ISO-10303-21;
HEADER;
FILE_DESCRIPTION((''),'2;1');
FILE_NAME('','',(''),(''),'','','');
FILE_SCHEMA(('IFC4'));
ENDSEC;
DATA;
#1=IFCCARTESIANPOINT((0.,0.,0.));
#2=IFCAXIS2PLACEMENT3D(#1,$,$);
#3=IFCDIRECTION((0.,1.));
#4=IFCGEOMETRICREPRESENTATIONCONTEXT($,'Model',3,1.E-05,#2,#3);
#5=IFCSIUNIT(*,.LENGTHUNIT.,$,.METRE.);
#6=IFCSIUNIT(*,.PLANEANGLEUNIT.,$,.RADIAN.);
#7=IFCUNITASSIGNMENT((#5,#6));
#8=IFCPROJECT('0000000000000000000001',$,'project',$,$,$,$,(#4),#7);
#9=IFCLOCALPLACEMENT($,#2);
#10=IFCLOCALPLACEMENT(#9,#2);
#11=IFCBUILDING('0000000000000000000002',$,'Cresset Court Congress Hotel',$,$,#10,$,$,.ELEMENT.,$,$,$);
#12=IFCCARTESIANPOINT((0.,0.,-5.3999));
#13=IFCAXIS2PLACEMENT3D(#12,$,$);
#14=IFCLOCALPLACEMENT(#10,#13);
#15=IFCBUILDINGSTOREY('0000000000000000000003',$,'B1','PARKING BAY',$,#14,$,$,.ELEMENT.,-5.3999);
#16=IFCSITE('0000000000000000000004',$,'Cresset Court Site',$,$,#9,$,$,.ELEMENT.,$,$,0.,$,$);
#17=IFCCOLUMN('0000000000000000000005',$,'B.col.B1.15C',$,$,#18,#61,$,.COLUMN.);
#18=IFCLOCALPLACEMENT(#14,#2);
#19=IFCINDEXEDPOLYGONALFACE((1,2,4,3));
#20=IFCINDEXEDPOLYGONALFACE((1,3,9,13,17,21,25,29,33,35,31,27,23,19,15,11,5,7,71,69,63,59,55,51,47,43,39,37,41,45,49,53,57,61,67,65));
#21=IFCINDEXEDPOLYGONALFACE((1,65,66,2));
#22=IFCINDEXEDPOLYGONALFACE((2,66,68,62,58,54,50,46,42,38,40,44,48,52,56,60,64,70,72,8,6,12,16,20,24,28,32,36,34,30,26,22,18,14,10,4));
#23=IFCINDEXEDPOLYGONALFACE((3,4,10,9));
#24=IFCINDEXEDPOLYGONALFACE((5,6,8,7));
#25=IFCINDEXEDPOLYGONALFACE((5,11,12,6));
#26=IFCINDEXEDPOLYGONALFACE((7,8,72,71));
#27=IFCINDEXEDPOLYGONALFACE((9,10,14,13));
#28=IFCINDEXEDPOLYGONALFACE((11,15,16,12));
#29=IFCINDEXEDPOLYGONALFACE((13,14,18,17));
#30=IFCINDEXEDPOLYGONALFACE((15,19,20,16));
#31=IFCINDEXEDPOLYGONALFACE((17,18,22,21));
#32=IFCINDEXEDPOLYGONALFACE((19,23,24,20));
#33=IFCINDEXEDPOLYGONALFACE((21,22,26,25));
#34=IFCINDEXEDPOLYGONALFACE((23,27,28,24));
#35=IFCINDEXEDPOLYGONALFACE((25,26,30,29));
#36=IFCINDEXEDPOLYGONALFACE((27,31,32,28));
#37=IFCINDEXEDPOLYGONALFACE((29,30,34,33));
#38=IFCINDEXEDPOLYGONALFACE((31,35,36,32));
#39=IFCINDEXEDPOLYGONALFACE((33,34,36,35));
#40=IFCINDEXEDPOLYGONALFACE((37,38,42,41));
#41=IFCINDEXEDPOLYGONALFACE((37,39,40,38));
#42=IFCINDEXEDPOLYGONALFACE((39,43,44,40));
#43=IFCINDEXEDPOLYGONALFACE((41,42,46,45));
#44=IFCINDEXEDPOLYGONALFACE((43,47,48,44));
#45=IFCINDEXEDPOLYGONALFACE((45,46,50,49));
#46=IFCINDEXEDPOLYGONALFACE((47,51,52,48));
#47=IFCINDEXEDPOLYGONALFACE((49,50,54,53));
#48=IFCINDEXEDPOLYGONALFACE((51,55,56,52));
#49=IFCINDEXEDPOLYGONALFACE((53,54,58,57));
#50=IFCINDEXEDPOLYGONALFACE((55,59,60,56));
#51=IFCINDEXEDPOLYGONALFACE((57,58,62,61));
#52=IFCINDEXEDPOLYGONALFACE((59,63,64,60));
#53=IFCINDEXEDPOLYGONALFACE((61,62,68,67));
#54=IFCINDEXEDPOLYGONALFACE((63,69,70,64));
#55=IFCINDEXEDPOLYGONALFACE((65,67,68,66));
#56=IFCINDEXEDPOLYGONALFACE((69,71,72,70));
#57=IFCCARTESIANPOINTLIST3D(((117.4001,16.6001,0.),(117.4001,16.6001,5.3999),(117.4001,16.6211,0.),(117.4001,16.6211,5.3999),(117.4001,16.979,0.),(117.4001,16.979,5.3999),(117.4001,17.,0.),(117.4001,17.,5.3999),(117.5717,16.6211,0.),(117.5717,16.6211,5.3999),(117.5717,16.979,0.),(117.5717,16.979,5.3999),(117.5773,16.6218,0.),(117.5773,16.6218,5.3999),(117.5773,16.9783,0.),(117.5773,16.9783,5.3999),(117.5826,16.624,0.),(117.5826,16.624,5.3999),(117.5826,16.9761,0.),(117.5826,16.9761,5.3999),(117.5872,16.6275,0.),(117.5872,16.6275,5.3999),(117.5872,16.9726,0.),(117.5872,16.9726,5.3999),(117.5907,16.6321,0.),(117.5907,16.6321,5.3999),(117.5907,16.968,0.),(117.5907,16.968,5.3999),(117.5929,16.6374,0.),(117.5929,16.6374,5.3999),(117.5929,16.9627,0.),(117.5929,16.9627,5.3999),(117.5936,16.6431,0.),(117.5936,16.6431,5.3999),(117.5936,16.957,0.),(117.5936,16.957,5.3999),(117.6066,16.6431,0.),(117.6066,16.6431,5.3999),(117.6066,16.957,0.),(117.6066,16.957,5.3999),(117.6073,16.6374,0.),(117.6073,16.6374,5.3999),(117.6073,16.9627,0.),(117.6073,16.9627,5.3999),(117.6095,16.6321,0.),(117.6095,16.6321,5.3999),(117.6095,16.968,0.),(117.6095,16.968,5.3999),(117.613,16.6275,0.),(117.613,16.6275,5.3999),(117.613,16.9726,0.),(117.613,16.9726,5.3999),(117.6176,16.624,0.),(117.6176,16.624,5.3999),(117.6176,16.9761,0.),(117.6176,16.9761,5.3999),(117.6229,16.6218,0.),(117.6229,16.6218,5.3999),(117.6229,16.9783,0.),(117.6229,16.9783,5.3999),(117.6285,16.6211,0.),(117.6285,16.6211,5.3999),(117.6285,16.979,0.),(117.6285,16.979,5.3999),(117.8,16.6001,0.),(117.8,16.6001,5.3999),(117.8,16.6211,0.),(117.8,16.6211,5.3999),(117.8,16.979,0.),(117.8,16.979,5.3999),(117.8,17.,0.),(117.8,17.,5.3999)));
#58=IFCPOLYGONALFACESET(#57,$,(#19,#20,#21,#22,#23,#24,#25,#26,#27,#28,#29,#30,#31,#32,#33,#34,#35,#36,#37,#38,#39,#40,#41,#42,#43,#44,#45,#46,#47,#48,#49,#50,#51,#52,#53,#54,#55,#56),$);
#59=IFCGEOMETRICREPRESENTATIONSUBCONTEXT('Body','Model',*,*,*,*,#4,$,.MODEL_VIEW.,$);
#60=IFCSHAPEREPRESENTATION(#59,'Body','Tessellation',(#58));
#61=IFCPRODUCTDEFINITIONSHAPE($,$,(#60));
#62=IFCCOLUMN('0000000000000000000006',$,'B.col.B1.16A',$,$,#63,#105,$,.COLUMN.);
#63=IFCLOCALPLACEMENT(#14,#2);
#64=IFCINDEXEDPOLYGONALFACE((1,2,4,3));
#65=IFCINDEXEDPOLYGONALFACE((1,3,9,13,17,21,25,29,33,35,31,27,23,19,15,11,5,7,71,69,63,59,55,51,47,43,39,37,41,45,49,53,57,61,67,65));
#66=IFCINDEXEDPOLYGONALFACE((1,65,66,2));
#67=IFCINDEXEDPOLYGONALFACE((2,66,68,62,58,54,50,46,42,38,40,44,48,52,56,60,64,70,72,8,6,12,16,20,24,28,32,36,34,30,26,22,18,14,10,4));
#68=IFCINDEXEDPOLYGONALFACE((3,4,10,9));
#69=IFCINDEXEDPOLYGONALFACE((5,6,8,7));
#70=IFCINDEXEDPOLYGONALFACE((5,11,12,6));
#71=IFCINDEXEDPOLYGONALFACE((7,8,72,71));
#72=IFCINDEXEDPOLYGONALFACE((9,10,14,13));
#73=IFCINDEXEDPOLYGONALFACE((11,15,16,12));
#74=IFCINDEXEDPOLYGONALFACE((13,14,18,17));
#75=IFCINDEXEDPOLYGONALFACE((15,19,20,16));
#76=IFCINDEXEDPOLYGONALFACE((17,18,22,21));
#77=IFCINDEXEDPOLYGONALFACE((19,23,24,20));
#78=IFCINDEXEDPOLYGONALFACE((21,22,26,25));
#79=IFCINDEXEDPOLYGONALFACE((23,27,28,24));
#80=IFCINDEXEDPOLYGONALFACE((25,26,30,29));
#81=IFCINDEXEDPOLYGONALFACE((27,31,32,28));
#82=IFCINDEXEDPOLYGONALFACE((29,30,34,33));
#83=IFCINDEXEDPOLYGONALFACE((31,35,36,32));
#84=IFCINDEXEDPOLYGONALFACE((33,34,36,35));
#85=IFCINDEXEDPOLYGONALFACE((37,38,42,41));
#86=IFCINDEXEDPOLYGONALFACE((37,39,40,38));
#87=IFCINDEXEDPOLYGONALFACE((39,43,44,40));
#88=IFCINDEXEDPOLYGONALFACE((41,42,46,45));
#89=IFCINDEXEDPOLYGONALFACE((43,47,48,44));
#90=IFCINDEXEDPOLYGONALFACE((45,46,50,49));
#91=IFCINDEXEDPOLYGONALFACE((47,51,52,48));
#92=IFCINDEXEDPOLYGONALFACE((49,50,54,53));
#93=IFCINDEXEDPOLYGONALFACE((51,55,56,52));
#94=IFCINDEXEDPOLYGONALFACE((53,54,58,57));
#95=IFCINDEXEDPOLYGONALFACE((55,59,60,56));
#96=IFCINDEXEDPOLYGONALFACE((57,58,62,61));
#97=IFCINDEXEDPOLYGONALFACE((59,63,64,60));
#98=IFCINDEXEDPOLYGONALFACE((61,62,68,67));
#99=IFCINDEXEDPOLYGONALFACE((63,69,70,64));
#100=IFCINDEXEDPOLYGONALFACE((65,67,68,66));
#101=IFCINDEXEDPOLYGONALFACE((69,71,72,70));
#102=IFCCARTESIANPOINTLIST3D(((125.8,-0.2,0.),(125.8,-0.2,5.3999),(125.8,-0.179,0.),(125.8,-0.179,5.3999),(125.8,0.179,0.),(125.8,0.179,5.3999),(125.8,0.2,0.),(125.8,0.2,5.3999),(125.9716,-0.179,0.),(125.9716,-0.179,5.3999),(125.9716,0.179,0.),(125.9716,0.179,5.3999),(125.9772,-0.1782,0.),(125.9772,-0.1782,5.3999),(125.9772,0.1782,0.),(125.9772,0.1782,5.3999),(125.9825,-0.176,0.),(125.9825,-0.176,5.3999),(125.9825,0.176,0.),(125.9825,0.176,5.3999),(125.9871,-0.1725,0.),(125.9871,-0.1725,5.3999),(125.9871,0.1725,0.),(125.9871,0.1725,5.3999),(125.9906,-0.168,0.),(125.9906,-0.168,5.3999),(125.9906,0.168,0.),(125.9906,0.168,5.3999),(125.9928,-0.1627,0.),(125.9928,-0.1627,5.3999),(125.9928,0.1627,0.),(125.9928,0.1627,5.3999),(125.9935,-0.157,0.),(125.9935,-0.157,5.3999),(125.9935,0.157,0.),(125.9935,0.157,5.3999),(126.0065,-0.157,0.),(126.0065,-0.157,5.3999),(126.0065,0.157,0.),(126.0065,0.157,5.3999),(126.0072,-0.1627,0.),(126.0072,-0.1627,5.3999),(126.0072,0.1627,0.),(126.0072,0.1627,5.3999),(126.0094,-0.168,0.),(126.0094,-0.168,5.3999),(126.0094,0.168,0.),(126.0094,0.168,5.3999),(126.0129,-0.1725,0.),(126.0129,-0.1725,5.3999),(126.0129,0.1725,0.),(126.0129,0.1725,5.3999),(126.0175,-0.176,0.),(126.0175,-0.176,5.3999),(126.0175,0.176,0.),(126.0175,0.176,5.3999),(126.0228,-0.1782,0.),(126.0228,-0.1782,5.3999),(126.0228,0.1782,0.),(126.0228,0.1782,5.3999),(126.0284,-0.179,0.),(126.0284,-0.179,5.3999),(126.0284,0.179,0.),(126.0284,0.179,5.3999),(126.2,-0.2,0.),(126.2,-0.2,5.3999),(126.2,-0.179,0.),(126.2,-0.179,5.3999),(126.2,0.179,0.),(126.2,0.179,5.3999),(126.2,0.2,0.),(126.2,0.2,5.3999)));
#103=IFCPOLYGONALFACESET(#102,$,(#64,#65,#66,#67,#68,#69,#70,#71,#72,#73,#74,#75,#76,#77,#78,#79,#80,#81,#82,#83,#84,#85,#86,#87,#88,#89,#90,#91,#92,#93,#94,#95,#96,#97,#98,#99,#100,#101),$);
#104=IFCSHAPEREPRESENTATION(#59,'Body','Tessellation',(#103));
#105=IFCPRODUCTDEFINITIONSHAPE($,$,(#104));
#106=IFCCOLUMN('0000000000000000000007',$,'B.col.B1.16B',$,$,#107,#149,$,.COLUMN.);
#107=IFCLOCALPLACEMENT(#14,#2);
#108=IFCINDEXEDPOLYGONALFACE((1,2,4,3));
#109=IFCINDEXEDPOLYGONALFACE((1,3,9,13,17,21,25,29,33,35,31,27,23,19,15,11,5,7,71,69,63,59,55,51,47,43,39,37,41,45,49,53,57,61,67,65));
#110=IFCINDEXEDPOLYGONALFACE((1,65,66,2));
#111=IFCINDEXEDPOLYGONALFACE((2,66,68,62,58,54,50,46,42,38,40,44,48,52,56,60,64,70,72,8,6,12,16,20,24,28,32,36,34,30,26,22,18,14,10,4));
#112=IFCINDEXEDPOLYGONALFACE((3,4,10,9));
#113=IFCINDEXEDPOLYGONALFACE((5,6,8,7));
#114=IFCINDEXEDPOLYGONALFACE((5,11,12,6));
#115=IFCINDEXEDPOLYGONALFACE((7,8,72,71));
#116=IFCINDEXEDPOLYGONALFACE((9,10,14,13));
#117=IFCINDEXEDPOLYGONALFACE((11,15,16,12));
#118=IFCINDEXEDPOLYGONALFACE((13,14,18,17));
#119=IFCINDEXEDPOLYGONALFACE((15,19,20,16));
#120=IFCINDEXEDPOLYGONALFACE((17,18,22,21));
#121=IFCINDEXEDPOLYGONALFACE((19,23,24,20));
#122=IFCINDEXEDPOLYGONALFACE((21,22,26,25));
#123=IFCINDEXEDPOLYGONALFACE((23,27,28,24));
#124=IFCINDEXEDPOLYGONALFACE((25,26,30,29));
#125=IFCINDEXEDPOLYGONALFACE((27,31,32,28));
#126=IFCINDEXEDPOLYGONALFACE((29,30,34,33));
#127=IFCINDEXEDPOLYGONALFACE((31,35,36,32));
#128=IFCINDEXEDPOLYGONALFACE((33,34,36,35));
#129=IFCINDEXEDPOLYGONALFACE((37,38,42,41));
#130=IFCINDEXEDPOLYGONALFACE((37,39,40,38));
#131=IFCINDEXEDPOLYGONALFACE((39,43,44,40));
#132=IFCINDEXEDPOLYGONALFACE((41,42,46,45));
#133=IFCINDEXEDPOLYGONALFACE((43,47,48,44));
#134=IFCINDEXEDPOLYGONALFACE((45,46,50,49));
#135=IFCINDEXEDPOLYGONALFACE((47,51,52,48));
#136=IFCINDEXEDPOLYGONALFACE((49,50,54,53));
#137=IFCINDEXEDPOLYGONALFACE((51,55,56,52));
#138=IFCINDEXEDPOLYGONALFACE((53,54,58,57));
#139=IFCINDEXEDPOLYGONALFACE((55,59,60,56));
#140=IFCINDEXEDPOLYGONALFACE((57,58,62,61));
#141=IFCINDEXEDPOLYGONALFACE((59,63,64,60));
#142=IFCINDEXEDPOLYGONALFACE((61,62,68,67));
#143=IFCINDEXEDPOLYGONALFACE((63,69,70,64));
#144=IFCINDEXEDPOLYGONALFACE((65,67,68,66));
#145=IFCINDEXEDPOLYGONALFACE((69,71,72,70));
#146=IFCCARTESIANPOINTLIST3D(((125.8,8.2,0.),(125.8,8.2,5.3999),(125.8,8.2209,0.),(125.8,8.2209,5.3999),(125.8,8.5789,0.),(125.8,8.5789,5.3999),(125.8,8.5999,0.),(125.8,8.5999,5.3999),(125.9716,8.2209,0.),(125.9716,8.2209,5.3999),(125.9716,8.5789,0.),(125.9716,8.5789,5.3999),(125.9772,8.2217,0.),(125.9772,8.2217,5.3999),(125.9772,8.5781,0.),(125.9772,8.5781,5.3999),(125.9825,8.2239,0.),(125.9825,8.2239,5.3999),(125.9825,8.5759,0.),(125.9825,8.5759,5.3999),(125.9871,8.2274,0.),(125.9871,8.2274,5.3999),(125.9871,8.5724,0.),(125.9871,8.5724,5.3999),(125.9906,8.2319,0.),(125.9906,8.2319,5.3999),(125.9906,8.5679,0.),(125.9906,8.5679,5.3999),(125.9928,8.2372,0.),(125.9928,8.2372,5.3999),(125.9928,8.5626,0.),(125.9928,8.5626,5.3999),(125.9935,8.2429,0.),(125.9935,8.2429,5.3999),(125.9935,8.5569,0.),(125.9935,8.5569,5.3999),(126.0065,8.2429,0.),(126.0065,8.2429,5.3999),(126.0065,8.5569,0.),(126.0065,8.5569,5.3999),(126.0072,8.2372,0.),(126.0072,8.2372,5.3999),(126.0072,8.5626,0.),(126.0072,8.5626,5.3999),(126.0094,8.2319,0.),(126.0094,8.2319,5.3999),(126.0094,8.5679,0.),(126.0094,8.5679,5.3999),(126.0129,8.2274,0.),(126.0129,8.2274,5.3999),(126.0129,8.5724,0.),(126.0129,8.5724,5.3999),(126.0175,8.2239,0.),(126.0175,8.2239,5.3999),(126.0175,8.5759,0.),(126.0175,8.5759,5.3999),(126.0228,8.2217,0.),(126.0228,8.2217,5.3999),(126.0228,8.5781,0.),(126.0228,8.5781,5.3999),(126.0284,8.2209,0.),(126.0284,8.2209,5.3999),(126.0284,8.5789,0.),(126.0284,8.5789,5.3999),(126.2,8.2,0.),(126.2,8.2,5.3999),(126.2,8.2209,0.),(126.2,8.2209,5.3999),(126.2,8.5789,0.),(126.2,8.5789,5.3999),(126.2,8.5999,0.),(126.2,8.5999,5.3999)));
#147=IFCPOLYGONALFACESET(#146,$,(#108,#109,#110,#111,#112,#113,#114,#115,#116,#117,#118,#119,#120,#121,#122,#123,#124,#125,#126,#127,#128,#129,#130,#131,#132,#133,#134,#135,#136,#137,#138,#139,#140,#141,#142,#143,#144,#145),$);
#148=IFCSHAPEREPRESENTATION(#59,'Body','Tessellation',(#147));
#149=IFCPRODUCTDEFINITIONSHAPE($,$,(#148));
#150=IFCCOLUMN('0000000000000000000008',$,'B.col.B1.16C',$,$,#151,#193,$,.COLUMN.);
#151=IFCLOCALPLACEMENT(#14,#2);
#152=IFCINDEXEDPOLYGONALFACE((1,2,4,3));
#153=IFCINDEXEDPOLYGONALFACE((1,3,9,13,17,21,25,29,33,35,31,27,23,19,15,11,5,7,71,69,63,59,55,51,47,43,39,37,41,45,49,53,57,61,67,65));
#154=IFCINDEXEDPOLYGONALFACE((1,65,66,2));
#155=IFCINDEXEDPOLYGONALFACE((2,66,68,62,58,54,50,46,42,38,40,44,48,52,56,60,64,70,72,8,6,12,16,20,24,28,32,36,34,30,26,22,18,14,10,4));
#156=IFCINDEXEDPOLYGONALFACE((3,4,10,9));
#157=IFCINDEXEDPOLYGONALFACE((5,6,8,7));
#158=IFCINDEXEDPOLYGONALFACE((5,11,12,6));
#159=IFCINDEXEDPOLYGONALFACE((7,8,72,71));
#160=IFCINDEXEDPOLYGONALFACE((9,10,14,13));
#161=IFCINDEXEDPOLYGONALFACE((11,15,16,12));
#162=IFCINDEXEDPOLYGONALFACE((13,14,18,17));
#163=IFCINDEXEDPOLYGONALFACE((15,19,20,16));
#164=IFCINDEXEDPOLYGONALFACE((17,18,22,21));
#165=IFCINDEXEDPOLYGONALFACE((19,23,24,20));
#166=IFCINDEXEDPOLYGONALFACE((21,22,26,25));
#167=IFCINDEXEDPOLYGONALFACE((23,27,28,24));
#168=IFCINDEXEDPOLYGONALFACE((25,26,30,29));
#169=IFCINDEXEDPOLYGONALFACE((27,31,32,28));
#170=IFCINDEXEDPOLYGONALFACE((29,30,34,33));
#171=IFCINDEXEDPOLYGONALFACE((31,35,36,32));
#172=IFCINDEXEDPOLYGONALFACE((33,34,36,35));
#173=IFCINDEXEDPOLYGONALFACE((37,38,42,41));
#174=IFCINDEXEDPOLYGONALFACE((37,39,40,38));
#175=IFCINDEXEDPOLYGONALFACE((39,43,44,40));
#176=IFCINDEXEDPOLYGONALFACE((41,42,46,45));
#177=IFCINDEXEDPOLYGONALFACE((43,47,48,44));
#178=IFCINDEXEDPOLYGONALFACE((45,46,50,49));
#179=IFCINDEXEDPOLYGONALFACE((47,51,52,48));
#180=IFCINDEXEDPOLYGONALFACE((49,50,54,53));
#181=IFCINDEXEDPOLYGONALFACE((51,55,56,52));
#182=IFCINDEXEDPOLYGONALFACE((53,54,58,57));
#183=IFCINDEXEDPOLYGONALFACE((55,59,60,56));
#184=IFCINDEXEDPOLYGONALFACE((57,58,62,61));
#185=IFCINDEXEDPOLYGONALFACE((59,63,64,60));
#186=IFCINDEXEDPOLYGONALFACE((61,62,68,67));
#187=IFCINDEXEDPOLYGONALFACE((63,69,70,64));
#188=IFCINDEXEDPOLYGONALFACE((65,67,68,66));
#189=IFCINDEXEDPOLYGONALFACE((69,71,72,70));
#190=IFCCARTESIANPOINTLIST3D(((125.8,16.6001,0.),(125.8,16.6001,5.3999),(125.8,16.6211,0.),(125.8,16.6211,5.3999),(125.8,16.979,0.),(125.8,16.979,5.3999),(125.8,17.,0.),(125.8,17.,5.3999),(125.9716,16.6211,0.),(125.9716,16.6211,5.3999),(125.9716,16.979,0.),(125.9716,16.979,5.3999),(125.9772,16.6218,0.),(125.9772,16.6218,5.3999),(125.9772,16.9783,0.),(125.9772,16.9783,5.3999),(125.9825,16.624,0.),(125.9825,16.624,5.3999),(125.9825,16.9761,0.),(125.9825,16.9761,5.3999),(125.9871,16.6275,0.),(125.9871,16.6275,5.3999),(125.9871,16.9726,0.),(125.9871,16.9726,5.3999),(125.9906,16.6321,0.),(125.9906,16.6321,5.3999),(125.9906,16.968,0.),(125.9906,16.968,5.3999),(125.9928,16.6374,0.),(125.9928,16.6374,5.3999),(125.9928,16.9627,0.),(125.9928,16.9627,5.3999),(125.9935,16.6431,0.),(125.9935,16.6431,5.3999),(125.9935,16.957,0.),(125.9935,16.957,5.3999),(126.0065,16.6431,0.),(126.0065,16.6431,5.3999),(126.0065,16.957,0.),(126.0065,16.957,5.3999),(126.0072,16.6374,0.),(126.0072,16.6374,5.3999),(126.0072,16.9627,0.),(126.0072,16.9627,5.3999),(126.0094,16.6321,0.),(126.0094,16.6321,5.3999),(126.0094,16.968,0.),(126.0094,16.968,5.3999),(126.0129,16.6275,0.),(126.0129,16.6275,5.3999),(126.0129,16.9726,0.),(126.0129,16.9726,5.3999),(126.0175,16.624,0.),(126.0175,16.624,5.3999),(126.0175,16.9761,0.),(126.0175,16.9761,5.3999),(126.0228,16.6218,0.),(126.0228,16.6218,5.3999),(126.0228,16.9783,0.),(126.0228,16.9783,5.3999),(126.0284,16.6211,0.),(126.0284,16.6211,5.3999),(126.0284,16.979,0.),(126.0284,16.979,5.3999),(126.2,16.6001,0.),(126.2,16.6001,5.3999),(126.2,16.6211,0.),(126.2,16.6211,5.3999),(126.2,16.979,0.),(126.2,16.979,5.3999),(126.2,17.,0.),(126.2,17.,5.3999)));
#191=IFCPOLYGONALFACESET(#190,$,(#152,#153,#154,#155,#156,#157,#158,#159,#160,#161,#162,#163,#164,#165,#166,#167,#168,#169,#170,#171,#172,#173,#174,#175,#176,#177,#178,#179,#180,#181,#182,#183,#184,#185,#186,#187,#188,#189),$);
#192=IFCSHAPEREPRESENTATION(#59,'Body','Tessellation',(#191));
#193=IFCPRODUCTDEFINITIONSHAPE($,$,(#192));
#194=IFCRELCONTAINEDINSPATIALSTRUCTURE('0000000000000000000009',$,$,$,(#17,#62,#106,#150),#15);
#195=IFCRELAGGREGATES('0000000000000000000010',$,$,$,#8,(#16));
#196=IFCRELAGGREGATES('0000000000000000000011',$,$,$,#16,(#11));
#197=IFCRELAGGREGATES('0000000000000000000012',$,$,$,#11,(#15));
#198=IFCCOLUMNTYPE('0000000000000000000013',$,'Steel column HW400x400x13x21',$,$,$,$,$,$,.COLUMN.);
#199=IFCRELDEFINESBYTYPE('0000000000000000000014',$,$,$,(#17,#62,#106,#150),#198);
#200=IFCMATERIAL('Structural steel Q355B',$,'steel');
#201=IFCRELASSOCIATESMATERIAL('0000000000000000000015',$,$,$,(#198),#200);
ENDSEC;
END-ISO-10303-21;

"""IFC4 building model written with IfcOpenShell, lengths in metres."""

from ifc_helpers import new_model, si_unit, direction, frame, origin, origin_2d, place, context, subcontext, project, spatial, i_section, extrude, material, material_profile, profile_set, type_object, element, save


model = new_model("IFC4")

# Units and contexts
model_context = context("Model", 3, precision=1e-05, world=origin(), true_north=direction((0.0, 1.0)))
body_context = subcontext(model_context, "Body", "Model", "MODEL_VIEW")
ifc_project = project(units=[si_unit("LENGTHUNIT", "METRE"), si_unit("PLANEANGLEUNIT", "RADIAN")], contexts=[model_context])

# Site, building, storey
site_placement = place(None, origin())
site = spatial("IfcSite", under=ifc_project, at=site_placement, Name="Cresset Court Site", CompositionType="ELEMENT", RefElevation=0.0)
building_placement = place(site_placement, origin())
building = spatial("IfcBuilding", under=site, at=building_placement, Name="Cresset Court Congress Hotel", CompositionType="ELEMENT")
storey_placement = place(building_placement, frame((0.0, 0.0, -5.3999)))
storey = spatial("IfcBuildingStorey", under=building, at=storey_placement, Name="B1", Description="PARKING BAY", CompositionType="ELEMENT", Elevation=-5.3999)

# Columns
ifc_material_1 = material(Name="Structural steel Q355B", Category="steel")
ifc_material_profile = material_profile(ifc_material_1, i_section(OverallWidth=0.3999, OverallDepth=0.3999, WebThickness=0.0129, FlangeThickness=0.021, FilletRadius=0.022, at=origin_2d()), Name="HW400x400x13x21")
ifc_profile_set = profile_set([ifc_material_profile], Name="Structural steel Q355B")
column_type = type_object("IfcColumnType", Name="Steel column HW400x400x13x21", PredefinedType="COLUMN", material=ifc_profile_set)
for number, where, z_axis, x_axis, name in (
    (1, (117.6001, 16.8, 0.0), (0.0, 0.0, 1.0), (1.0, 0.0, 0.0), "B.col.B1.15C"),
    (2, (126.0, 0.0, 0.0), (0.0, 0.0, 1.0), (1.0, 0.0, 0.0), "B.col.B1.16A"),
    (3, (126.0, 8.3999, 0.0), (0.0, 0.0, 1.0), (1.0, 0.0, 0.0), "B.col.B1.16B"),
    (4, (126.0, 16.8, 0.0), (0.0, 0.0, 1.0), (1.0, 0.0, 0.0), "B.col.B1.16C"),
):
    element("IfcColumn", number, at=place(storey_placement, frame(where, z_axis=z_axis, x_axis=x_axis)), inside=storey, type_object=column_type, Name=name, PredefinedType="COLUMN", context=body_context, shape_type="SweptSolid", body=[
        extrude(i_section(OverallWidth=0.3999, OverallDepth=0.3999, WebThickness=0.0129, FlangeThickness=0.021, FilletRadius=0.022, at=origin_2d()), origin(), (0.0, 0.0, 1.0), 5.3999),
    ])

save(model, "model.ifc")
